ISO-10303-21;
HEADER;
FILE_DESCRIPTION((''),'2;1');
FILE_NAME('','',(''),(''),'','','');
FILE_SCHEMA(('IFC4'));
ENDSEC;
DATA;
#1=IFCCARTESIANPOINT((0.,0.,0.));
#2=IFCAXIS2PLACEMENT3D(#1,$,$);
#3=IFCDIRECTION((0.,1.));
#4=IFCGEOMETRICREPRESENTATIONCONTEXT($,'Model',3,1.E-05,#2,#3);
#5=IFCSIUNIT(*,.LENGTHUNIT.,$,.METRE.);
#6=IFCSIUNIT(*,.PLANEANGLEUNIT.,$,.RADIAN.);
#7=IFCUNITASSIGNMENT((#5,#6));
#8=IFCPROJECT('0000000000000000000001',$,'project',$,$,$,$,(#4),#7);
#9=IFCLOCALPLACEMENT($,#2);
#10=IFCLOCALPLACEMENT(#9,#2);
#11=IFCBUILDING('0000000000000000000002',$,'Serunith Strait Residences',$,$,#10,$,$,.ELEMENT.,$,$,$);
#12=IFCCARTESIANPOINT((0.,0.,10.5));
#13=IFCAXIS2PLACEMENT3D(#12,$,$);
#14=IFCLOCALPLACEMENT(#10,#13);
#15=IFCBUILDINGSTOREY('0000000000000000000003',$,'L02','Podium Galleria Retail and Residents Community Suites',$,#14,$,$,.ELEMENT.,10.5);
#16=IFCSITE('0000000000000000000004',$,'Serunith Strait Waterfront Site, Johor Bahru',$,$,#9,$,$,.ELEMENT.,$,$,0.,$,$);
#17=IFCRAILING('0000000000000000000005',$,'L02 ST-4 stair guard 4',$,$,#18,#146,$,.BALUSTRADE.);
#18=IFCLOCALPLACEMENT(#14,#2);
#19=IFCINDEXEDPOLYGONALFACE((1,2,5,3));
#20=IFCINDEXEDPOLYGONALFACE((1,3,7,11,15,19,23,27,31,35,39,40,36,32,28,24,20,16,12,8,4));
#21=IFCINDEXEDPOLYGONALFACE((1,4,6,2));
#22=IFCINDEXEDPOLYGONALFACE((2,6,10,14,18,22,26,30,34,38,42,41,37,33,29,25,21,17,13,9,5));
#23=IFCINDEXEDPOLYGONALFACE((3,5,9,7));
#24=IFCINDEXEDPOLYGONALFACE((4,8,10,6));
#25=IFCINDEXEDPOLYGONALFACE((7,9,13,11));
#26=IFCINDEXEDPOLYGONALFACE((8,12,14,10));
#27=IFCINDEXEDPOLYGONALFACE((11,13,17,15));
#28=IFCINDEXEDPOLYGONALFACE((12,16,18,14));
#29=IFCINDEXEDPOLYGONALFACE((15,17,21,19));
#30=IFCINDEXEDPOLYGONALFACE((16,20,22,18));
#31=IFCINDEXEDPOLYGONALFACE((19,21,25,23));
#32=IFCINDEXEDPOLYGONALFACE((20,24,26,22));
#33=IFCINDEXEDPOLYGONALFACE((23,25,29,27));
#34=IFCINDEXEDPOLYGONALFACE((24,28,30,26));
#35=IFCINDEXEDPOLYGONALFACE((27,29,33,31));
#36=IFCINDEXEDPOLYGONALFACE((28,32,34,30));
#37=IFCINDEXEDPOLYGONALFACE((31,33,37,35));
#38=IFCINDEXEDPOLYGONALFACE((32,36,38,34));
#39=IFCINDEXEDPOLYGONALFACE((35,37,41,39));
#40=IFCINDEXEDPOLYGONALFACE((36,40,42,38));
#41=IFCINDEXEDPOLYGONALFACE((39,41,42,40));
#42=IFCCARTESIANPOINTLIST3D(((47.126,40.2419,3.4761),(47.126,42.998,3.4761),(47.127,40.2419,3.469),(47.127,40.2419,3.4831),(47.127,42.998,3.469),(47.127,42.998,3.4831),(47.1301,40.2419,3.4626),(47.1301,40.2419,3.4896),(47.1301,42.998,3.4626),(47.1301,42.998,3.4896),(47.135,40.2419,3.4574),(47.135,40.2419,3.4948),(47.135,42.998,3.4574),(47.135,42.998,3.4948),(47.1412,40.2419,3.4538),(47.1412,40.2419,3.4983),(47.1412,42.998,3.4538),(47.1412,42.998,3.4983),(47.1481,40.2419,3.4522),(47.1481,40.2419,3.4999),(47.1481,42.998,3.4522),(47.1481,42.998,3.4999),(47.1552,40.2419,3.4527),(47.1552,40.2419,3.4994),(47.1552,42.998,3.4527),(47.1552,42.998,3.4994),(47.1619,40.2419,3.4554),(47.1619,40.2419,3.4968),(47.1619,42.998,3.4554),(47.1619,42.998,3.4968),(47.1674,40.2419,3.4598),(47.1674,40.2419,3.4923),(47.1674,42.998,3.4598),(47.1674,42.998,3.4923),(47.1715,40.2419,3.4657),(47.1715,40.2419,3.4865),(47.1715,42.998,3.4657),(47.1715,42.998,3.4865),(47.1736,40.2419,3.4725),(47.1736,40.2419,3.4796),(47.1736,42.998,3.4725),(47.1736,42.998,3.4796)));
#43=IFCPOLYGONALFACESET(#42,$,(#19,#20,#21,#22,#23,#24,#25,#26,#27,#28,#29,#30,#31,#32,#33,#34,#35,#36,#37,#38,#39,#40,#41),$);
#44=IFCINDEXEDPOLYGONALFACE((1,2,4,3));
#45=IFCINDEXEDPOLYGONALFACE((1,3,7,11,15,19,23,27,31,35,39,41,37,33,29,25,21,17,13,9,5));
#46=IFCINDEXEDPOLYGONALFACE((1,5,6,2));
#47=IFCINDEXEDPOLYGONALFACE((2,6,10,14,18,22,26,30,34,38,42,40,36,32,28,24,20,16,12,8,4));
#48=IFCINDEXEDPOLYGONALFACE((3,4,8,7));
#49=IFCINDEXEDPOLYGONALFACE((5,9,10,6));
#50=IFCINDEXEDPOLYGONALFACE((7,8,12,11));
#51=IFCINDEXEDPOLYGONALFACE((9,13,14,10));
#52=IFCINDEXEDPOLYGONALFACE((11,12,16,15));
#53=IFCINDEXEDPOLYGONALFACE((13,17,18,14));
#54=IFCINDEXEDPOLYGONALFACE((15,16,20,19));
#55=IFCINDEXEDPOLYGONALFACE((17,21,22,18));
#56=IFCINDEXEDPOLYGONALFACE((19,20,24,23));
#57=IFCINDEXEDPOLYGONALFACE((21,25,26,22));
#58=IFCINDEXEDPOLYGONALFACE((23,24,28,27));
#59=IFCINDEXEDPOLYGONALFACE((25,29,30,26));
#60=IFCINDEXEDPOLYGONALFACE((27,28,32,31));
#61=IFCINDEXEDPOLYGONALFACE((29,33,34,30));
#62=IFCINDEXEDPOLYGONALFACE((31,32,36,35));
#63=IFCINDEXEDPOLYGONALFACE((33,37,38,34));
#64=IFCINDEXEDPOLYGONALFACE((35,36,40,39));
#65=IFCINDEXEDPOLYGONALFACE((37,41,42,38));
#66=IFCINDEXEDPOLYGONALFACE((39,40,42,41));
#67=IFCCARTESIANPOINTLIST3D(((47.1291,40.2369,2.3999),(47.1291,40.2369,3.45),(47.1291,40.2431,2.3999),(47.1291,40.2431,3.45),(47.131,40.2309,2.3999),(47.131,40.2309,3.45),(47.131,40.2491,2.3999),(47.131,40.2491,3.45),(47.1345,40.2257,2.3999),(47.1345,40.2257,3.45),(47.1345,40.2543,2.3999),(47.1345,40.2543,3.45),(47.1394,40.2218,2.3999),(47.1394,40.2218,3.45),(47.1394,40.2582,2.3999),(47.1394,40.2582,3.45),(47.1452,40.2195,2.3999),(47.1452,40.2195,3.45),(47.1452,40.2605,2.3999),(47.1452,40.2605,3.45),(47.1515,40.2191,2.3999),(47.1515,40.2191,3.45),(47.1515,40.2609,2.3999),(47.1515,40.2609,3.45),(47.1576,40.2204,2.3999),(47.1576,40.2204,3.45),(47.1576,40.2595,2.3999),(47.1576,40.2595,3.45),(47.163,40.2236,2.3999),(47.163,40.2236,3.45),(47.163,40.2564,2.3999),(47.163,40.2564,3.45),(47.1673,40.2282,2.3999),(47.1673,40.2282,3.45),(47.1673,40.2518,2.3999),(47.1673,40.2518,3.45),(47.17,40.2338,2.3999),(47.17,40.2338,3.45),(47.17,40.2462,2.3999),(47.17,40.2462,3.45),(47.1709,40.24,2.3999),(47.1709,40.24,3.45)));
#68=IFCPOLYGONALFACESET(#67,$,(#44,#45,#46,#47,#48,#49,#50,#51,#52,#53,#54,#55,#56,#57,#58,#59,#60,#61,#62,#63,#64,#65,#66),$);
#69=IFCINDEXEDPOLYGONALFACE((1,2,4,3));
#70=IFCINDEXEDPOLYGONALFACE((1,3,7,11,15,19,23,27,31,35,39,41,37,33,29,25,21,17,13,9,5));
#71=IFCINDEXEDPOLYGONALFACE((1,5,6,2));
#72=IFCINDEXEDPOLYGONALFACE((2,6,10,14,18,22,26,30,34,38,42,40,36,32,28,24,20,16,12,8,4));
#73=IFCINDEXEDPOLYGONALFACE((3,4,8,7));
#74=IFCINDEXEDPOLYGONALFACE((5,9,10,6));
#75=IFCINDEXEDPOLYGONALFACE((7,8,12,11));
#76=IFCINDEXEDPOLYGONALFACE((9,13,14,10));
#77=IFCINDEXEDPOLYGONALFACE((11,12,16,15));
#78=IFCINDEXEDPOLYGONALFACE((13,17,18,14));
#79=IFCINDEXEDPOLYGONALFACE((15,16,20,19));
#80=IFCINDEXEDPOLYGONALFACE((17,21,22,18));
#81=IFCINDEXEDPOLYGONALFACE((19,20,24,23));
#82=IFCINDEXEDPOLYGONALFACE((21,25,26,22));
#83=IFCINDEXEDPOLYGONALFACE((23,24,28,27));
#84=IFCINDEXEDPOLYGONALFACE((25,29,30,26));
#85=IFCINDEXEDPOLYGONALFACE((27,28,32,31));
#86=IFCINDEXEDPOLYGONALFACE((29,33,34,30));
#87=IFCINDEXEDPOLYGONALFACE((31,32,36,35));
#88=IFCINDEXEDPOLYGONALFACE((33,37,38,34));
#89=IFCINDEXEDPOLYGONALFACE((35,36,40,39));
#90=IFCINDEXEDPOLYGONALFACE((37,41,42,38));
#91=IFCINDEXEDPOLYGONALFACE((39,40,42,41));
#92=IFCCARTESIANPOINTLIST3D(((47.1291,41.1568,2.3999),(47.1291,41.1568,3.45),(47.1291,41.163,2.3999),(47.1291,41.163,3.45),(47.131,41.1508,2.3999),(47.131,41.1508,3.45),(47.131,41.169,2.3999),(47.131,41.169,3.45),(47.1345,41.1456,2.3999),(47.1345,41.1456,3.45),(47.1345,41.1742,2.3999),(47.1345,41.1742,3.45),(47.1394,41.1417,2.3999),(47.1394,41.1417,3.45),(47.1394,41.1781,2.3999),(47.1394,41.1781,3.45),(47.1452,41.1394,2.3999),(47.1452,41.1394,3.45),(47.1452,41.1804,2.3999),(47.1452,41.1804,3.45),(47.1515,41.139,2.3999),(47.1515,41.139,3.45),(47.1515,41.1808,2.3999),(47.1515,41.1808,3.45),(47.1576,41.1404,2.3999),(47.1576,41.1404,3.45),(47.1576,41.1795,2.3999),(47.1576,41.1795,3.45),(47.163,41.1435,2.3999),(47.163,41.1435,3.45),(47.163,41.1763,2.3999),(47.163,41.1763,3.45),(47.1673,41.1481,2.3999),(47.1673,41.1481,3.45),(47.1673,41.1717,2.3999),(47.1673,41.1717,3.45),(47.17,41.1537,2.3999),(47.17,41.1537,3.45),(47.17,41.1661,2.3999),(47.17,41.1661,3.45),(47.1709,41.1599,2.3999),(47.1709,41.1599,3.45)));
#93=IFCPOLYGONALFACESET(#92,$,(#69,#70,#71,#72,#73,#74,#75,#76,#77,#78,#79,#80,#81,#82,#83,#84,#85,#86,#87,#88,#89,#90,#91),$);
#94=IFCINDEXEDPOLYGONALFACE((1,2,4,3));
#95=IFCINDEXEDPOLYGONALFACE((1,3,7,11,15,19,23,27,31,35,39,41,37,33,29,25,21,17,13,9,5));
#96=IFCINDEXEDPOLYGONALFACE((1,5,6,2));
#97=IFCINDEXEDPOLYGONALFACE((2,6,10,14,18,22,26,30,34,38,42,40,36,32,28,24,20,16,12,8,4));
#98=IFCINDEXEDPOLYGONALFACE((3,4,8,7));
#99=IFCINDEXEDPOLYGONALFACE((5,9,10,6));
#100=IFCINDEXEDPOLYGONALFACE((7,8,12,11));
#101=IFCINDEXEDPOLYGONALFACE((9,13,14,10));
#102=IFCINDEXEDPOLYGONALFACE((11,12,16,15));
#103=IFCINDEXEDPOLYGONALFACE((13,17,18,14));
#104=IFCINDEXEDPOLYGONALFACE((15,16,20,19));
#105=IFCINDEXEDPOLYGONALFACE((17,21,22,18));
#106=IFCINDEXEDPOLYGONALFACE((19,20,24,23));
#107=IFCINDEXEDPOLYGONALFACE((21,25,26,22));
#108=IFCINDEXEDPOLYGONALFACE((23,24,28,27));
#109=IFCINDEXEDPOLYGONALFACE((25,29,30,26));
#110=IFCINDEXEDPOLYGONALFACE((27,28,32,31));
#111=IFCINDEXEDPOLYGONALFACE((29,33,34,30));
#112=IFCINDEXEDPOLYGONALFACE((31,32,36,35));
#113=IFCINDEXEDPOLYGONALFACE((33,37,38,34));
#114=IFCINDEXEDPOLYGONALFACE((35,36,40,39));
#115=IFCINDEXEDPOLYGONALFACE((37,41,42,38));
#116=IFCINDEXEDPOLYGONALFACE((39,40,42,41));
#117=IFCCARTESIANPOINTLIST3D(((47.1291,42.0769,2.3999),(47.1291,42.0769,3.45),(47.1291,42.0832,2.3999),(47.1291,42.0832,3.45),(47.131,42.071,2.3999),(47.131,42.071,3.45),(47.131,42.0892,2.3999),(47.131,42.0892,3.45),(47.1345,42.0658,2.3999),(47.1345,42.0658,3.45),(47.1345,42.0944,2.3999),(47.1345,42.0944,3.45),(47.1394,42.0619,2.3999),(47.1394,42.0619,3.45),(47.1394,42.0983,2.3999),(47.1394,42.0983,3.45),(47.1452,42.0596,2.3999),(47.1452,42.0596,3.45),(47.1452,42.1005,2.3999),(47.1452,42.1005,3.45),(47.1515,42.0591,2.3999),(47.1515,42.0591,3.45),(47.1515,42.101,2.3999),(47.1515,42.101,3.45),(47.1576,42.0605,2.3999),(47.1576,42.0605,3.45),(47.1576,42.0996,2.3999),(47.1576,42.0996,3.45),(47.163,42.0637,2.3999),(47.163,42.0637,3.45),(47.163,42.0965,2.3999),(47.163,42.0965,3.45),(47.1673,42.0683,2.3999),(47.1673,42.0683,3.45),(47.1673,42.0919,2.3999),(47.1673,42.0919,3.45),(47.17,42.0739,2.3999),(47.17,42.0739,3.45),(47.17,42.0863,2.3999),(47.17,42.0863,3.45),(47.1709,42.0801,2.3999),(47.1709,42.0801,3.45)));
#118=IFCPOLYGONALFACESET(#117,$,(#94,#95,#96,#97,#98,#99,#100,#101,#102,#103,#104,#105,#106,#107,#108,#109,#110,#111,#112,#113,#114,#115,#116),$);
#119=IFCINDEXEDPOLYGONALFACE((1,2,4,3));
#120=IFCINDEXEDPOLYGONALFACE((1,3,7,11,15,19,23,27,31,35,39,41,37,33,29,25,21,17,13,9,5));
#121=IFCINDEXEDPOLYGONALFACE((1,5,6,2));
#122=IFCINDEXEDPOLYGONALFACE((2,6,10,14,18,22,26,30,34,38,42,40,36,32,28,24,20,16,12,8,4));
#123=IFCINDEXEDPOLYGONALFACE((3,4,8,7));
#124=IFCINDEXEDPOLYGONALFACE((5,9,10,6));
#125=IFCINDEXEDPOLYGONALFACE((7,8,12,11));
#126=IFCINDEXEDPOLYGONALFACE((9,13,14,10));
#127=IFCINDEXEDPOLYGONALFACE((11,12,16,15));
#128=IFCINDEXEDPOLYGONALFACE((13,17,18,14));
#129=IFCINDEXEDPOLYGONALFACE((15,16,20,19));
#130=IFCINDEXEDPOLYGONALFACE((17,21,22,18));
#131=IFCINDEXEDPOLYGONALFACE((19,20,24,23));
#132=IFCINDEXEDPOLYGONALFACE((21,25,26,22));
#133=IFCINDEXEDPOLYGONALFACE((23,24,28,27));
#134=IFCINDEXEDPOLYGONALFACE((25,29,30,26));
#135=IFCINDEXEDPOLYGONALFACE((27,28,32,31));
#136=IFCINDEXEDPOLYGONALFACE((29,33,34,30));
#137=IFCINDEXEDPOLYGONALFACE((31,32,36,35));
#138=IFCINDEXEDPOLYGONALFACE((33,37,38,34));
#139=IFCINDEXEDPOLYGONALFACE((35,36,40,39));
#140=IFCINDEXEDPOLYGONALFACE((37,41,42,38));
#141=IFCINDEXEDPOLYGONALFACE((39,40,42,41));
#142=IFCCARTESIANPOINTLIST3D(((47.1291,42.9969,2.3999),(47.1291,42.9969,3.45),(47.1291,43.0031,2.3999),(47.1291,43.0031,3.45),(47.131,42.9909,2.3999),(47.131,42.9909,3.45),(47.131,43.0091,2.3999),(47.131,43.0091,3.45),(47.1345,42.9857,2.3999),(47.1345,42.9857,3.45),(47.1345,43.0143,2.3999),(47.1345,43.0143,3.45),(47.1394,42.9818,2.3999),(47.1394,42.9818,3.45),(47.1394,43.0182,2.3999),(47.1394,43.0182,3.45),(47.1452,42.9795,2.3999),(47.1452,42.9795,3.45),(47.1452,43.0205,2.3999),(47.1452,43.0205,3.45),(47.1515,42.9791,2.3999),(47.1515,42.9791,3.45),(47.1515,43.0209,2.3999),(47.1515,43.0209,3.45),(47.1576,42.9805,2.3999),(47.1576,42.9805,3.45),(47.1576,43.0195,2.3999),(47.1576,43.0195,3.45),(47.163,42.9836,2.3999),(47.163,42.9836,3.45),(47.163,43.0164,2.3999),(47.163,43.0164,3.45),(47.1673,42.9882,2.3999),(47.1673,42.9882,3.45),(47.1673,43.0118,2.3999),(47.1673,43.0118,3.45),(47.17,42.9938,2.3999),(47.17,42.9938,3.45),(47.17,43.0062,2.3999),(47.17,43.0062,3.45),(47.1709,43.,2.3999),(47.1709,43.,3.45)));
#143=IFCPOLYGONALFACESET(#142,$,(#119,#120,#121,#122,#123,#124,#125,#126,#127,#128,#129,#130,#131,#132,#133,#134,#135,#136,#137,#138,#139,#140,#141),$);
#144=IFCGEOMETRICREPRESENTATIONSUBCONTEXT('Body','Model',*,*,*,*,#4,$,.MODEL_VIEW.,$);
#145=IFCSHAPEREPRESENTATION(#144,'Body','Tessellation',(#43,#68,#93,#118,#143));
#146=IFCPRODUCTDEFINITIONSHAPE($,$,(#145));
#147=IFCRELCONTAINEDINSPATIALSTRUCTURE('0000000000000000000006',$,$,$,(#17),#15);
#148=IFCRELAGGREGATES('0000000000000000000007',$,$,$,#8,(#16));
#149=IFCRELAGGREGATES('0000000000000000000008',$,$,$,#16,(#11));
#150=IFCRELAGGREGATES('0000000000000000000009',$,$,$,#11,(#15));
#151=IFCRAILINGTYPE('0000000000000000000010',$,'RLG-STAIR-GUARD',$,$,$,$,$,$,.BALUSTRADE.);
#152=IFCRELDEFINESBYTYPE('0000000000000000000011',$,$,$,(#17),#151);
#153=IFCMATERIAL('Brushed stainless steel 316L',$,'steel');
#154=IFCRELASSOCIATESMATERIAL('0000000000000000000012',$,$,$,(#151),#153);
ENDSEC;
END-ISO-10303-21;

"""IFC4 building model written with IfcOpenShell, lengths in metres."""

from ifc_helpers import new_model, si_unit, direction, frame, origin, origin_2d, place, context, subcontext, project, spatial, circle, extrude, material, type_object, element, save


model = new_model("IFC4")

# Units and contexts
model_context = context("Model", 3, precision=1e-05, world=origin(), true_north=direction((0.0, 1.0)))
body_context = subcontext(model_context, "Body", "Model", "MODEL_VIEW")
ifc_project = project(units=[si_unit("LENGTHUNIT", "METRE"), si_unit("PLANEANGLEUNIT", "RADIAN")], contexts=[model_context])

# Site, building, storey
site_placement = place(None, origin())
site = spatial("IfcSite", under=ifc_project, at=site_placement, Name="Serunith Strait Waterfront Site, Johor Bahru", CompositionType="ELEMENT", RefElevation=0.0)
building_placement = place(site_placement, origin())
building = spatial("IfcBuilding", under=site, at=building_placement, Name="Serunith Strait Residences", CompositionType="ELEMENT")
storey_placement = place(building_placement, frame((0.0, 0.0, 10.5)))
storey = spatial("IfcBuildingStorey", under=building, at=storey_placement, Name="L02", Description="Podium Galleria Retail and Residents Community Suites", CompositionType="ELEMENT", Elevation=10.5)

# Railing
ifc_material_1 = material(Name="Brushed stainless steel 316L", Category="steel")
railing_type_1 = type_object("IfcRailingType", Name="RLG-STAIR-GUARD", PredefinedType="BALUSTRADE", material=ifc_material_1)
for number, where, name in (
    (1, (47.1499, 40.24, 2.3999), "L02 ST-4 stair guard 4"),
):
    element("IfcRailing", number, at=place(storey_placement, frame(where)), inside=storey, type_object=railing_type_1, Name=name, PredefinedType="BALUSTRADE", context=body_context, shape_type="SweptSolid", body=[
        extrude(circle(Radius=0.0239, at=origin_2d()), frame((0.0, 0.002, 1.0762), z_axis=(0.0, 1.0, 0.0), x_axis=(-1.0, 0.0, 0.0)), (0.0, 0.0, 1.0), 2.7561),
        extrude(circle(Radius=0.021, at=origin_2d()), origin(), (0.0, 0.0, 1.0), 1.05),
        extrude(circle(Radius=0.021, at=origin_2d()), frame((0.0, 0.9199, 0.0)), (0.0, 0.0, 1.0), 1.05),
        extrude(circle(Radius=0.021, at=origin_2d()), frame((0.0, 1.8401, 0.0)), (0.0, 0.0, 1.0), 1.05),
        extrude(circle(Radius=0.021, at=origin_2d()), frame((0.0, 2.76, 0.0)), (0.0, 0.0, 1.0), 1.05),
    ])

save(model, "model.ifc")
